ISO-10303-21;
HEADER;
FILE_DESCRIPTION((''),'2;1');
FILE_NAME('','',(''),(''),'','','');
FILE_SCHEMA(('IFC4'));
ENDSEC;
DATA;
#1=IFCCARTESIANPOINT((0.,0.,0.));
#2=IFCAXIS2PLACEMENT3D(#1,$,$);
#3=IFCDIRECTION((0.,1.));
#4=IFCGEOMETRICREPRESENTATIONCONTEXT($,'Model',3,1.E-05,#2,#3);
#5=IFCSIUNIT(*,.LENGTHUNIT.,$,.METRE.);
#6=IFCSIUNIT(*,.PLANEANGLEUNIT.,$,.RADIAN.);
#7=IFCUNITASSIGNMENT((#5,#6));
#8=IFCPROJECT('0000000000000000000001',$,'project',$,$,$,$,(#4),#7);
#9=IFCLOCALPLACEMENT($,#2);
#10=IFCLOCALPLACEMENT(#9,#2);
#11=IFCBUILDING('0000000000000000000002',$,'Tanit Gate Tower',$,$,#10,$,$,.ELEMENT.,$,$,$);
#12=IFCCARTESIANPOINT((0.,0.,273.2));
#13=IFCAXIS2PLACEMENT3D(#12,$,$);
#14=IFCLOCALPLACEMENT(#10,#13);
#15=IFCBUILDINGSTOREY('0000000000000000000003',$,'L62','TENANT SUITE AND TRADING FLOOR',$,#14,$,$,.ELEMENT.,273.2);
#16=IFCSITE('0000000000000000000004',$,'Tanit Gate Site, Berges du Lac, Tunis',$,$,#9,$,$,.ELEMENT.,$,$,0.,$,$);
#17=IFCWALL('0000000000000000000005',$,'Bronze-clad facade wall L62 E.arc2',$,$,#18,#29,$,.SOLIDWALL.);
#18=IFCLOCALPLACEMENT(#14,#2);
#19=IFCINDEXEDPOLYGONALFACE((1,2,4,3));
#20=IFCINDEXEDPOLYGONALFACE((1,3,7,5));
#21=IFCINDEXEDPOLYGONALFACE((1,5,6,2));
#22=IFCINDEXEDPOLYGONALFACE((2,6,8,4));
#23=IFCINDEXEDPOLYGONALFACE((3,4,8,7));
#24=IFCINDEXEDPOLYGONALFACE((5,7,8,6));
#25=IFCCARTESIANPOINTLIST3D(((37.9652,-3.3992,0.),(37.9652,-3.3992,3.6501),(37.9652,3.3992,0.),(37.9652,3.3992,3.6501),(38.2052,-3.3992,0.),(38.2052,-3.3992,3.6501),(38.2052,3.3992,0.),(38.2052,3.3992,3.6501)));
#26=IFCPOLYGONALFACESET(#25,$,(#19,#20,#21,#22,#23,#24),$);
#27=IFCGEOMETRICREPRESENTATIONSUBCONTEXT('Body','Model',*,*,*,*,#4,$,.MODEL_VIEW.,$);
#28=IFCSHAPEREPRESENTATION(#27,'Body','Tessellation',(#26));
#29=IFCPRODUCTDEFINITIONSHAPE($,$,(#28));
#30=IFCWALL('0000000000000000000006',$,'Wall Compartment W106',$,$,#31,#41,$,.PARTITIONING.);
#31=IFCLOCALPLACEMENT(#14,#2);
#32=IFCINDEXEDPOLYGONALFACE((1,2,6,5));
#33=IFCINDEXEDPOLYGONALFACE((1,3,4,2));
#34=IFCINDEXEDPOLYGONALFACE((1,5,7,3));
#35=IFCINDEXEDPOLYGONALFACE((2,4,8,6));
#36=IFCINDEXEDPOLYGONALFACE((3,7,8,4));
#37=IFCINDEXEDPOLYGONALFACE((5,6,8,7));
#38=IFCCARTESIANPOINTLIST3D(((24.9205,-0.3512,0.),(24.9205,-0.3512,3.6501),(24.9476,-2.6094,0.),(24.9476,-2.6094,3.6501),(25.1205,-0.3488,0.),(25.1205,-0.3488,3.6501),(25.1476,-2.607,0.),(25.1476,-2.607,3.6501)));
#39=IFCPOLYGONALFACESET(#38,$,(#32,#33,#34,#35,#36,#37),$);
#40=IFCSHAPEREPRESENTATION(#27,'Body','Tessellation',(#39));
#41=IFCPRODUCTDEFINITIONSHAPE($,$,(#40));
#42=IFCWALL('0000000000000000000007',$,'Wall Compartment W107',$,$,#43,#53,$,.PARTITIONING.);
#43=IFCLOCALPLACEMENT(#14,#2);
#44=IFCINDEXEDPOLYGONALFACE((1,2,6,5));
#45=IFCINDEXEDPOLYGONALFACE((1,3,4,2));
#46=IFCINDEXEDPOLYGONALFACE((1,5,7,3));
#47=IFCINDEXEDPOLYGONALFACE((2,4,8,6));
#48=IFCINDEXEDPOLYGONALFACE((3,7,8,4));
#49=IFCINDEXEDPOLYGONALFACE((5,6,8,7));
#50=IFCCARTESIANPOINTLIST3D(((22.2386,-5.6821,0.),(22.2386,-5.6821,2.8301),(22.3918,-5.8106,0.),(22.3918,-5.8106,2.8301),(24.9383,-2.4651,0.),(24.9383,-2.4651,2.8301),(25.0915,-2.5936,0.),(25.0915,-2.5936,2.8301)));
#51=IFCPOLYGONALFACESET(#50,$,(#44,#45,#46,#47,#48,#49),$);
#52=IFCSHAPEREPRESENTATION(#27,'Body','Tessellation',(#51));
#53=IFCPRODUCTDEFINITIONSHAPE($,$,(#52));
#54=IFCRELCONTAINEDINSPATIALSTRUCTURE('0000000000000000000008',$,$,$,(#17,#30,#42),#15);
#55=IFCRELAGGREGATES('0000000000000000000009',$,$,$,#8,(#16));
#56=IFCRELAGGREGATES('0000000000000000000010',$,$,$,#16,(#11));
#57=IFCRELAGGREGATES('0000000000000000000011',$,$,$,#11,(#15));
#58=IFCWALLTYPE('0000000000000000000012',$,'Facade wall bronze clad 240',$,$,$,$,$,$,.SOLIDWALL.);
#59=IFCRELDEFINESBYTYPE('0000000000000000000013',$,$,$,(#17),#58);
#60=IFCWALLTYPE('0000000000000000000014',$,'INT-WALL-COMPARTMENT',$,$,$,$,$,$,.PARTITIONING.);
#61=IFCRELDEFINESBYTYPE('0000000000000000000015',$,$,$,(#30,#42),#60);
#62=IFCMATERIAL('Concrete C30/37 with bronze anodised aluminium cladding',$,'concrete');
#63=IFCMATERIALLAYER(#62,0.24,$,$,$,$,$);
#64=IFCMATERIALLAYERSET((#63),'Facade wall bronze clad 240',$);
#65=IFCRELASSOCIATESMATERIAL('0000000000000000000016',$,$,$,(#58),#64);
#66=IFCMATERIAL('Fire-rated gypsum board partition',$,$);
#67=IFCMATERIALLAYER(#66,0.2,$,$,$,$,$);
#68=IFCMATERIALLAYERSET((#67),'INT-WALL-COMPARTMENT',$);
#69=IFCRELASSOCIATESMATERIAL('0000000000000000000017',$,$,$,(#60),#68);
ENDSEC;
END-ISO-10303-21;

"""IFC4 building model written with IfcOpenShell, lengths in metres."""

from ifc_helpers import new_model, si_unit, direction, frame, frame_2d, origin, place, context, subcontext, project, spatial, rectangle, extrude, material, layer, layer_set, type_object, element, save


model = new_model("IFC4")

# Units and contexts
model_context = context("Model", 3, precision=1e-05, world=origin(), true_north=direction((0.0, 1.0)))
body_context = subcontext(model_context, "Body", "Model", "MODEL_VIEW")
ifc_project = project(units=[si_unit("LENGTHUNIT", "METRE"), si_unit("PLANEANGLEUNIT", "RADIAN")], contexts=[model_context])

# Site, building, storey
site_placement = place(None, origin())
site = spatial("IfcSite", under=ifc_project, at=site_placement, Name="Tanit Gate Site, Berges du Lac, Tunis", CompositionType="ELEMENT", RefElevation=0.0)
building_placement = place(site_placement, origin())
building = spatial("IfcBuilding", under=site, at=building_placement, Name="Tanit Gate Tower", CompositionType="ELEMENT")
storey_placement = place(building_placement, frame((0.0, 0.0, 273.2)))
storey = spatial("IfcBuildingStorey", under=building, at=storey_placement, Name="L62", Description="TENANT SUITE AND TRADING FLOOR", CompositionType="ELEMENT", Elevation=273.2)

# Walls
ifc_material_1 = material(Name="Concrete C30/37 with bronze anodised aluminium cladding", Category="concrete")
ifc_layer_1 = layer(ifc_material_1, 0.24)
ifc_layer_set_1 = layer_set([ifc_layer_1], Name="Facade wall bronze clad 240")
wall_type_1 = type_object("IfcWallType", Name="Facade wall bronze clad 240", PredefinedType="SOLIDWALL", material=ifc_layer_set_1)
wall_1_placement = place(storey_placement, frame((38.0852, -3.3992, 0.0), z_axis=(0.0, 0.0, 1.0), x_axis=(0.0, 1.0, 0.0)))
element("IfcWall", 1, at=wall_1_placement, inside=storey, type_object=wall_type_1, Name="Bronze-clad facade wall L62 E.arc2", PredefinedType="SOLIDWALL", context=body_context, shape_type="SweptSolid", body=[
    extrude(rectangle(XDim=6.7983, YDim=0.24, at=frame_2d((3.3992, 0.0))), origin(), (0.0, 0.0, 1.0), 3.6501),
])
ifc_material_2 = material(Name="Fire-rated gypsum board partition")
ifc_layer_2 = layer(ifc_material_2, 0.2)
ifc_layer_set_2 = layer_set([ifc_layer_2], Name="INT-WALL-COMPARTMENT")
wall_type_2 = type_object("IfcWallType", Name="INT-WALL-COMPARTMENT", PredefinedType="PARTITIONING", material=ifc_layer_set_2)
wall_2_placement = place(storey_placement, frame((25.0476, -2.6082, 0.0), z_axis=(0.0, 0.0, 1.0), x_axis=(-0.012, 0.999928, 0.0)))
element("IfcWall", 2, at=wall_2_placement, inside=storey, type_object=wall_type_2, Name="Wall Compartment W106", PredefinedType="PARTITIONING", context=body_context, shape_type="SweptSolid", body=[
    extrude(rectangle(XDim=2.2583, YDim=0.2, at=frame_2d((1.1292, 0.0))), origin(), (0.0, 0.0, 1.0), 3.6501),
])
wall_3_placement = place(storey_placement, frame((22.3152, -5.7463, 0.0), z_axis=(0.0, 0.0, 1.0), x_axis=(0.642828, 0.766011, 0.0)))
element("IfcWall", 3, at=wall_3_placement, inside=storey, type_object=wall_type_2, Name="Wall Compartment W107", PredefinedType="PARTITIONING", context=body_context, shape_type="SweptSolid", body=[
    extrude(rectangle(XDim=4.1997, YDim=0.2, at=frame_2d((2.0999, 0.0))), origin(), (0.0, 0.0, 1.0), 2.8301),
])

save(model, "model.ifc")
